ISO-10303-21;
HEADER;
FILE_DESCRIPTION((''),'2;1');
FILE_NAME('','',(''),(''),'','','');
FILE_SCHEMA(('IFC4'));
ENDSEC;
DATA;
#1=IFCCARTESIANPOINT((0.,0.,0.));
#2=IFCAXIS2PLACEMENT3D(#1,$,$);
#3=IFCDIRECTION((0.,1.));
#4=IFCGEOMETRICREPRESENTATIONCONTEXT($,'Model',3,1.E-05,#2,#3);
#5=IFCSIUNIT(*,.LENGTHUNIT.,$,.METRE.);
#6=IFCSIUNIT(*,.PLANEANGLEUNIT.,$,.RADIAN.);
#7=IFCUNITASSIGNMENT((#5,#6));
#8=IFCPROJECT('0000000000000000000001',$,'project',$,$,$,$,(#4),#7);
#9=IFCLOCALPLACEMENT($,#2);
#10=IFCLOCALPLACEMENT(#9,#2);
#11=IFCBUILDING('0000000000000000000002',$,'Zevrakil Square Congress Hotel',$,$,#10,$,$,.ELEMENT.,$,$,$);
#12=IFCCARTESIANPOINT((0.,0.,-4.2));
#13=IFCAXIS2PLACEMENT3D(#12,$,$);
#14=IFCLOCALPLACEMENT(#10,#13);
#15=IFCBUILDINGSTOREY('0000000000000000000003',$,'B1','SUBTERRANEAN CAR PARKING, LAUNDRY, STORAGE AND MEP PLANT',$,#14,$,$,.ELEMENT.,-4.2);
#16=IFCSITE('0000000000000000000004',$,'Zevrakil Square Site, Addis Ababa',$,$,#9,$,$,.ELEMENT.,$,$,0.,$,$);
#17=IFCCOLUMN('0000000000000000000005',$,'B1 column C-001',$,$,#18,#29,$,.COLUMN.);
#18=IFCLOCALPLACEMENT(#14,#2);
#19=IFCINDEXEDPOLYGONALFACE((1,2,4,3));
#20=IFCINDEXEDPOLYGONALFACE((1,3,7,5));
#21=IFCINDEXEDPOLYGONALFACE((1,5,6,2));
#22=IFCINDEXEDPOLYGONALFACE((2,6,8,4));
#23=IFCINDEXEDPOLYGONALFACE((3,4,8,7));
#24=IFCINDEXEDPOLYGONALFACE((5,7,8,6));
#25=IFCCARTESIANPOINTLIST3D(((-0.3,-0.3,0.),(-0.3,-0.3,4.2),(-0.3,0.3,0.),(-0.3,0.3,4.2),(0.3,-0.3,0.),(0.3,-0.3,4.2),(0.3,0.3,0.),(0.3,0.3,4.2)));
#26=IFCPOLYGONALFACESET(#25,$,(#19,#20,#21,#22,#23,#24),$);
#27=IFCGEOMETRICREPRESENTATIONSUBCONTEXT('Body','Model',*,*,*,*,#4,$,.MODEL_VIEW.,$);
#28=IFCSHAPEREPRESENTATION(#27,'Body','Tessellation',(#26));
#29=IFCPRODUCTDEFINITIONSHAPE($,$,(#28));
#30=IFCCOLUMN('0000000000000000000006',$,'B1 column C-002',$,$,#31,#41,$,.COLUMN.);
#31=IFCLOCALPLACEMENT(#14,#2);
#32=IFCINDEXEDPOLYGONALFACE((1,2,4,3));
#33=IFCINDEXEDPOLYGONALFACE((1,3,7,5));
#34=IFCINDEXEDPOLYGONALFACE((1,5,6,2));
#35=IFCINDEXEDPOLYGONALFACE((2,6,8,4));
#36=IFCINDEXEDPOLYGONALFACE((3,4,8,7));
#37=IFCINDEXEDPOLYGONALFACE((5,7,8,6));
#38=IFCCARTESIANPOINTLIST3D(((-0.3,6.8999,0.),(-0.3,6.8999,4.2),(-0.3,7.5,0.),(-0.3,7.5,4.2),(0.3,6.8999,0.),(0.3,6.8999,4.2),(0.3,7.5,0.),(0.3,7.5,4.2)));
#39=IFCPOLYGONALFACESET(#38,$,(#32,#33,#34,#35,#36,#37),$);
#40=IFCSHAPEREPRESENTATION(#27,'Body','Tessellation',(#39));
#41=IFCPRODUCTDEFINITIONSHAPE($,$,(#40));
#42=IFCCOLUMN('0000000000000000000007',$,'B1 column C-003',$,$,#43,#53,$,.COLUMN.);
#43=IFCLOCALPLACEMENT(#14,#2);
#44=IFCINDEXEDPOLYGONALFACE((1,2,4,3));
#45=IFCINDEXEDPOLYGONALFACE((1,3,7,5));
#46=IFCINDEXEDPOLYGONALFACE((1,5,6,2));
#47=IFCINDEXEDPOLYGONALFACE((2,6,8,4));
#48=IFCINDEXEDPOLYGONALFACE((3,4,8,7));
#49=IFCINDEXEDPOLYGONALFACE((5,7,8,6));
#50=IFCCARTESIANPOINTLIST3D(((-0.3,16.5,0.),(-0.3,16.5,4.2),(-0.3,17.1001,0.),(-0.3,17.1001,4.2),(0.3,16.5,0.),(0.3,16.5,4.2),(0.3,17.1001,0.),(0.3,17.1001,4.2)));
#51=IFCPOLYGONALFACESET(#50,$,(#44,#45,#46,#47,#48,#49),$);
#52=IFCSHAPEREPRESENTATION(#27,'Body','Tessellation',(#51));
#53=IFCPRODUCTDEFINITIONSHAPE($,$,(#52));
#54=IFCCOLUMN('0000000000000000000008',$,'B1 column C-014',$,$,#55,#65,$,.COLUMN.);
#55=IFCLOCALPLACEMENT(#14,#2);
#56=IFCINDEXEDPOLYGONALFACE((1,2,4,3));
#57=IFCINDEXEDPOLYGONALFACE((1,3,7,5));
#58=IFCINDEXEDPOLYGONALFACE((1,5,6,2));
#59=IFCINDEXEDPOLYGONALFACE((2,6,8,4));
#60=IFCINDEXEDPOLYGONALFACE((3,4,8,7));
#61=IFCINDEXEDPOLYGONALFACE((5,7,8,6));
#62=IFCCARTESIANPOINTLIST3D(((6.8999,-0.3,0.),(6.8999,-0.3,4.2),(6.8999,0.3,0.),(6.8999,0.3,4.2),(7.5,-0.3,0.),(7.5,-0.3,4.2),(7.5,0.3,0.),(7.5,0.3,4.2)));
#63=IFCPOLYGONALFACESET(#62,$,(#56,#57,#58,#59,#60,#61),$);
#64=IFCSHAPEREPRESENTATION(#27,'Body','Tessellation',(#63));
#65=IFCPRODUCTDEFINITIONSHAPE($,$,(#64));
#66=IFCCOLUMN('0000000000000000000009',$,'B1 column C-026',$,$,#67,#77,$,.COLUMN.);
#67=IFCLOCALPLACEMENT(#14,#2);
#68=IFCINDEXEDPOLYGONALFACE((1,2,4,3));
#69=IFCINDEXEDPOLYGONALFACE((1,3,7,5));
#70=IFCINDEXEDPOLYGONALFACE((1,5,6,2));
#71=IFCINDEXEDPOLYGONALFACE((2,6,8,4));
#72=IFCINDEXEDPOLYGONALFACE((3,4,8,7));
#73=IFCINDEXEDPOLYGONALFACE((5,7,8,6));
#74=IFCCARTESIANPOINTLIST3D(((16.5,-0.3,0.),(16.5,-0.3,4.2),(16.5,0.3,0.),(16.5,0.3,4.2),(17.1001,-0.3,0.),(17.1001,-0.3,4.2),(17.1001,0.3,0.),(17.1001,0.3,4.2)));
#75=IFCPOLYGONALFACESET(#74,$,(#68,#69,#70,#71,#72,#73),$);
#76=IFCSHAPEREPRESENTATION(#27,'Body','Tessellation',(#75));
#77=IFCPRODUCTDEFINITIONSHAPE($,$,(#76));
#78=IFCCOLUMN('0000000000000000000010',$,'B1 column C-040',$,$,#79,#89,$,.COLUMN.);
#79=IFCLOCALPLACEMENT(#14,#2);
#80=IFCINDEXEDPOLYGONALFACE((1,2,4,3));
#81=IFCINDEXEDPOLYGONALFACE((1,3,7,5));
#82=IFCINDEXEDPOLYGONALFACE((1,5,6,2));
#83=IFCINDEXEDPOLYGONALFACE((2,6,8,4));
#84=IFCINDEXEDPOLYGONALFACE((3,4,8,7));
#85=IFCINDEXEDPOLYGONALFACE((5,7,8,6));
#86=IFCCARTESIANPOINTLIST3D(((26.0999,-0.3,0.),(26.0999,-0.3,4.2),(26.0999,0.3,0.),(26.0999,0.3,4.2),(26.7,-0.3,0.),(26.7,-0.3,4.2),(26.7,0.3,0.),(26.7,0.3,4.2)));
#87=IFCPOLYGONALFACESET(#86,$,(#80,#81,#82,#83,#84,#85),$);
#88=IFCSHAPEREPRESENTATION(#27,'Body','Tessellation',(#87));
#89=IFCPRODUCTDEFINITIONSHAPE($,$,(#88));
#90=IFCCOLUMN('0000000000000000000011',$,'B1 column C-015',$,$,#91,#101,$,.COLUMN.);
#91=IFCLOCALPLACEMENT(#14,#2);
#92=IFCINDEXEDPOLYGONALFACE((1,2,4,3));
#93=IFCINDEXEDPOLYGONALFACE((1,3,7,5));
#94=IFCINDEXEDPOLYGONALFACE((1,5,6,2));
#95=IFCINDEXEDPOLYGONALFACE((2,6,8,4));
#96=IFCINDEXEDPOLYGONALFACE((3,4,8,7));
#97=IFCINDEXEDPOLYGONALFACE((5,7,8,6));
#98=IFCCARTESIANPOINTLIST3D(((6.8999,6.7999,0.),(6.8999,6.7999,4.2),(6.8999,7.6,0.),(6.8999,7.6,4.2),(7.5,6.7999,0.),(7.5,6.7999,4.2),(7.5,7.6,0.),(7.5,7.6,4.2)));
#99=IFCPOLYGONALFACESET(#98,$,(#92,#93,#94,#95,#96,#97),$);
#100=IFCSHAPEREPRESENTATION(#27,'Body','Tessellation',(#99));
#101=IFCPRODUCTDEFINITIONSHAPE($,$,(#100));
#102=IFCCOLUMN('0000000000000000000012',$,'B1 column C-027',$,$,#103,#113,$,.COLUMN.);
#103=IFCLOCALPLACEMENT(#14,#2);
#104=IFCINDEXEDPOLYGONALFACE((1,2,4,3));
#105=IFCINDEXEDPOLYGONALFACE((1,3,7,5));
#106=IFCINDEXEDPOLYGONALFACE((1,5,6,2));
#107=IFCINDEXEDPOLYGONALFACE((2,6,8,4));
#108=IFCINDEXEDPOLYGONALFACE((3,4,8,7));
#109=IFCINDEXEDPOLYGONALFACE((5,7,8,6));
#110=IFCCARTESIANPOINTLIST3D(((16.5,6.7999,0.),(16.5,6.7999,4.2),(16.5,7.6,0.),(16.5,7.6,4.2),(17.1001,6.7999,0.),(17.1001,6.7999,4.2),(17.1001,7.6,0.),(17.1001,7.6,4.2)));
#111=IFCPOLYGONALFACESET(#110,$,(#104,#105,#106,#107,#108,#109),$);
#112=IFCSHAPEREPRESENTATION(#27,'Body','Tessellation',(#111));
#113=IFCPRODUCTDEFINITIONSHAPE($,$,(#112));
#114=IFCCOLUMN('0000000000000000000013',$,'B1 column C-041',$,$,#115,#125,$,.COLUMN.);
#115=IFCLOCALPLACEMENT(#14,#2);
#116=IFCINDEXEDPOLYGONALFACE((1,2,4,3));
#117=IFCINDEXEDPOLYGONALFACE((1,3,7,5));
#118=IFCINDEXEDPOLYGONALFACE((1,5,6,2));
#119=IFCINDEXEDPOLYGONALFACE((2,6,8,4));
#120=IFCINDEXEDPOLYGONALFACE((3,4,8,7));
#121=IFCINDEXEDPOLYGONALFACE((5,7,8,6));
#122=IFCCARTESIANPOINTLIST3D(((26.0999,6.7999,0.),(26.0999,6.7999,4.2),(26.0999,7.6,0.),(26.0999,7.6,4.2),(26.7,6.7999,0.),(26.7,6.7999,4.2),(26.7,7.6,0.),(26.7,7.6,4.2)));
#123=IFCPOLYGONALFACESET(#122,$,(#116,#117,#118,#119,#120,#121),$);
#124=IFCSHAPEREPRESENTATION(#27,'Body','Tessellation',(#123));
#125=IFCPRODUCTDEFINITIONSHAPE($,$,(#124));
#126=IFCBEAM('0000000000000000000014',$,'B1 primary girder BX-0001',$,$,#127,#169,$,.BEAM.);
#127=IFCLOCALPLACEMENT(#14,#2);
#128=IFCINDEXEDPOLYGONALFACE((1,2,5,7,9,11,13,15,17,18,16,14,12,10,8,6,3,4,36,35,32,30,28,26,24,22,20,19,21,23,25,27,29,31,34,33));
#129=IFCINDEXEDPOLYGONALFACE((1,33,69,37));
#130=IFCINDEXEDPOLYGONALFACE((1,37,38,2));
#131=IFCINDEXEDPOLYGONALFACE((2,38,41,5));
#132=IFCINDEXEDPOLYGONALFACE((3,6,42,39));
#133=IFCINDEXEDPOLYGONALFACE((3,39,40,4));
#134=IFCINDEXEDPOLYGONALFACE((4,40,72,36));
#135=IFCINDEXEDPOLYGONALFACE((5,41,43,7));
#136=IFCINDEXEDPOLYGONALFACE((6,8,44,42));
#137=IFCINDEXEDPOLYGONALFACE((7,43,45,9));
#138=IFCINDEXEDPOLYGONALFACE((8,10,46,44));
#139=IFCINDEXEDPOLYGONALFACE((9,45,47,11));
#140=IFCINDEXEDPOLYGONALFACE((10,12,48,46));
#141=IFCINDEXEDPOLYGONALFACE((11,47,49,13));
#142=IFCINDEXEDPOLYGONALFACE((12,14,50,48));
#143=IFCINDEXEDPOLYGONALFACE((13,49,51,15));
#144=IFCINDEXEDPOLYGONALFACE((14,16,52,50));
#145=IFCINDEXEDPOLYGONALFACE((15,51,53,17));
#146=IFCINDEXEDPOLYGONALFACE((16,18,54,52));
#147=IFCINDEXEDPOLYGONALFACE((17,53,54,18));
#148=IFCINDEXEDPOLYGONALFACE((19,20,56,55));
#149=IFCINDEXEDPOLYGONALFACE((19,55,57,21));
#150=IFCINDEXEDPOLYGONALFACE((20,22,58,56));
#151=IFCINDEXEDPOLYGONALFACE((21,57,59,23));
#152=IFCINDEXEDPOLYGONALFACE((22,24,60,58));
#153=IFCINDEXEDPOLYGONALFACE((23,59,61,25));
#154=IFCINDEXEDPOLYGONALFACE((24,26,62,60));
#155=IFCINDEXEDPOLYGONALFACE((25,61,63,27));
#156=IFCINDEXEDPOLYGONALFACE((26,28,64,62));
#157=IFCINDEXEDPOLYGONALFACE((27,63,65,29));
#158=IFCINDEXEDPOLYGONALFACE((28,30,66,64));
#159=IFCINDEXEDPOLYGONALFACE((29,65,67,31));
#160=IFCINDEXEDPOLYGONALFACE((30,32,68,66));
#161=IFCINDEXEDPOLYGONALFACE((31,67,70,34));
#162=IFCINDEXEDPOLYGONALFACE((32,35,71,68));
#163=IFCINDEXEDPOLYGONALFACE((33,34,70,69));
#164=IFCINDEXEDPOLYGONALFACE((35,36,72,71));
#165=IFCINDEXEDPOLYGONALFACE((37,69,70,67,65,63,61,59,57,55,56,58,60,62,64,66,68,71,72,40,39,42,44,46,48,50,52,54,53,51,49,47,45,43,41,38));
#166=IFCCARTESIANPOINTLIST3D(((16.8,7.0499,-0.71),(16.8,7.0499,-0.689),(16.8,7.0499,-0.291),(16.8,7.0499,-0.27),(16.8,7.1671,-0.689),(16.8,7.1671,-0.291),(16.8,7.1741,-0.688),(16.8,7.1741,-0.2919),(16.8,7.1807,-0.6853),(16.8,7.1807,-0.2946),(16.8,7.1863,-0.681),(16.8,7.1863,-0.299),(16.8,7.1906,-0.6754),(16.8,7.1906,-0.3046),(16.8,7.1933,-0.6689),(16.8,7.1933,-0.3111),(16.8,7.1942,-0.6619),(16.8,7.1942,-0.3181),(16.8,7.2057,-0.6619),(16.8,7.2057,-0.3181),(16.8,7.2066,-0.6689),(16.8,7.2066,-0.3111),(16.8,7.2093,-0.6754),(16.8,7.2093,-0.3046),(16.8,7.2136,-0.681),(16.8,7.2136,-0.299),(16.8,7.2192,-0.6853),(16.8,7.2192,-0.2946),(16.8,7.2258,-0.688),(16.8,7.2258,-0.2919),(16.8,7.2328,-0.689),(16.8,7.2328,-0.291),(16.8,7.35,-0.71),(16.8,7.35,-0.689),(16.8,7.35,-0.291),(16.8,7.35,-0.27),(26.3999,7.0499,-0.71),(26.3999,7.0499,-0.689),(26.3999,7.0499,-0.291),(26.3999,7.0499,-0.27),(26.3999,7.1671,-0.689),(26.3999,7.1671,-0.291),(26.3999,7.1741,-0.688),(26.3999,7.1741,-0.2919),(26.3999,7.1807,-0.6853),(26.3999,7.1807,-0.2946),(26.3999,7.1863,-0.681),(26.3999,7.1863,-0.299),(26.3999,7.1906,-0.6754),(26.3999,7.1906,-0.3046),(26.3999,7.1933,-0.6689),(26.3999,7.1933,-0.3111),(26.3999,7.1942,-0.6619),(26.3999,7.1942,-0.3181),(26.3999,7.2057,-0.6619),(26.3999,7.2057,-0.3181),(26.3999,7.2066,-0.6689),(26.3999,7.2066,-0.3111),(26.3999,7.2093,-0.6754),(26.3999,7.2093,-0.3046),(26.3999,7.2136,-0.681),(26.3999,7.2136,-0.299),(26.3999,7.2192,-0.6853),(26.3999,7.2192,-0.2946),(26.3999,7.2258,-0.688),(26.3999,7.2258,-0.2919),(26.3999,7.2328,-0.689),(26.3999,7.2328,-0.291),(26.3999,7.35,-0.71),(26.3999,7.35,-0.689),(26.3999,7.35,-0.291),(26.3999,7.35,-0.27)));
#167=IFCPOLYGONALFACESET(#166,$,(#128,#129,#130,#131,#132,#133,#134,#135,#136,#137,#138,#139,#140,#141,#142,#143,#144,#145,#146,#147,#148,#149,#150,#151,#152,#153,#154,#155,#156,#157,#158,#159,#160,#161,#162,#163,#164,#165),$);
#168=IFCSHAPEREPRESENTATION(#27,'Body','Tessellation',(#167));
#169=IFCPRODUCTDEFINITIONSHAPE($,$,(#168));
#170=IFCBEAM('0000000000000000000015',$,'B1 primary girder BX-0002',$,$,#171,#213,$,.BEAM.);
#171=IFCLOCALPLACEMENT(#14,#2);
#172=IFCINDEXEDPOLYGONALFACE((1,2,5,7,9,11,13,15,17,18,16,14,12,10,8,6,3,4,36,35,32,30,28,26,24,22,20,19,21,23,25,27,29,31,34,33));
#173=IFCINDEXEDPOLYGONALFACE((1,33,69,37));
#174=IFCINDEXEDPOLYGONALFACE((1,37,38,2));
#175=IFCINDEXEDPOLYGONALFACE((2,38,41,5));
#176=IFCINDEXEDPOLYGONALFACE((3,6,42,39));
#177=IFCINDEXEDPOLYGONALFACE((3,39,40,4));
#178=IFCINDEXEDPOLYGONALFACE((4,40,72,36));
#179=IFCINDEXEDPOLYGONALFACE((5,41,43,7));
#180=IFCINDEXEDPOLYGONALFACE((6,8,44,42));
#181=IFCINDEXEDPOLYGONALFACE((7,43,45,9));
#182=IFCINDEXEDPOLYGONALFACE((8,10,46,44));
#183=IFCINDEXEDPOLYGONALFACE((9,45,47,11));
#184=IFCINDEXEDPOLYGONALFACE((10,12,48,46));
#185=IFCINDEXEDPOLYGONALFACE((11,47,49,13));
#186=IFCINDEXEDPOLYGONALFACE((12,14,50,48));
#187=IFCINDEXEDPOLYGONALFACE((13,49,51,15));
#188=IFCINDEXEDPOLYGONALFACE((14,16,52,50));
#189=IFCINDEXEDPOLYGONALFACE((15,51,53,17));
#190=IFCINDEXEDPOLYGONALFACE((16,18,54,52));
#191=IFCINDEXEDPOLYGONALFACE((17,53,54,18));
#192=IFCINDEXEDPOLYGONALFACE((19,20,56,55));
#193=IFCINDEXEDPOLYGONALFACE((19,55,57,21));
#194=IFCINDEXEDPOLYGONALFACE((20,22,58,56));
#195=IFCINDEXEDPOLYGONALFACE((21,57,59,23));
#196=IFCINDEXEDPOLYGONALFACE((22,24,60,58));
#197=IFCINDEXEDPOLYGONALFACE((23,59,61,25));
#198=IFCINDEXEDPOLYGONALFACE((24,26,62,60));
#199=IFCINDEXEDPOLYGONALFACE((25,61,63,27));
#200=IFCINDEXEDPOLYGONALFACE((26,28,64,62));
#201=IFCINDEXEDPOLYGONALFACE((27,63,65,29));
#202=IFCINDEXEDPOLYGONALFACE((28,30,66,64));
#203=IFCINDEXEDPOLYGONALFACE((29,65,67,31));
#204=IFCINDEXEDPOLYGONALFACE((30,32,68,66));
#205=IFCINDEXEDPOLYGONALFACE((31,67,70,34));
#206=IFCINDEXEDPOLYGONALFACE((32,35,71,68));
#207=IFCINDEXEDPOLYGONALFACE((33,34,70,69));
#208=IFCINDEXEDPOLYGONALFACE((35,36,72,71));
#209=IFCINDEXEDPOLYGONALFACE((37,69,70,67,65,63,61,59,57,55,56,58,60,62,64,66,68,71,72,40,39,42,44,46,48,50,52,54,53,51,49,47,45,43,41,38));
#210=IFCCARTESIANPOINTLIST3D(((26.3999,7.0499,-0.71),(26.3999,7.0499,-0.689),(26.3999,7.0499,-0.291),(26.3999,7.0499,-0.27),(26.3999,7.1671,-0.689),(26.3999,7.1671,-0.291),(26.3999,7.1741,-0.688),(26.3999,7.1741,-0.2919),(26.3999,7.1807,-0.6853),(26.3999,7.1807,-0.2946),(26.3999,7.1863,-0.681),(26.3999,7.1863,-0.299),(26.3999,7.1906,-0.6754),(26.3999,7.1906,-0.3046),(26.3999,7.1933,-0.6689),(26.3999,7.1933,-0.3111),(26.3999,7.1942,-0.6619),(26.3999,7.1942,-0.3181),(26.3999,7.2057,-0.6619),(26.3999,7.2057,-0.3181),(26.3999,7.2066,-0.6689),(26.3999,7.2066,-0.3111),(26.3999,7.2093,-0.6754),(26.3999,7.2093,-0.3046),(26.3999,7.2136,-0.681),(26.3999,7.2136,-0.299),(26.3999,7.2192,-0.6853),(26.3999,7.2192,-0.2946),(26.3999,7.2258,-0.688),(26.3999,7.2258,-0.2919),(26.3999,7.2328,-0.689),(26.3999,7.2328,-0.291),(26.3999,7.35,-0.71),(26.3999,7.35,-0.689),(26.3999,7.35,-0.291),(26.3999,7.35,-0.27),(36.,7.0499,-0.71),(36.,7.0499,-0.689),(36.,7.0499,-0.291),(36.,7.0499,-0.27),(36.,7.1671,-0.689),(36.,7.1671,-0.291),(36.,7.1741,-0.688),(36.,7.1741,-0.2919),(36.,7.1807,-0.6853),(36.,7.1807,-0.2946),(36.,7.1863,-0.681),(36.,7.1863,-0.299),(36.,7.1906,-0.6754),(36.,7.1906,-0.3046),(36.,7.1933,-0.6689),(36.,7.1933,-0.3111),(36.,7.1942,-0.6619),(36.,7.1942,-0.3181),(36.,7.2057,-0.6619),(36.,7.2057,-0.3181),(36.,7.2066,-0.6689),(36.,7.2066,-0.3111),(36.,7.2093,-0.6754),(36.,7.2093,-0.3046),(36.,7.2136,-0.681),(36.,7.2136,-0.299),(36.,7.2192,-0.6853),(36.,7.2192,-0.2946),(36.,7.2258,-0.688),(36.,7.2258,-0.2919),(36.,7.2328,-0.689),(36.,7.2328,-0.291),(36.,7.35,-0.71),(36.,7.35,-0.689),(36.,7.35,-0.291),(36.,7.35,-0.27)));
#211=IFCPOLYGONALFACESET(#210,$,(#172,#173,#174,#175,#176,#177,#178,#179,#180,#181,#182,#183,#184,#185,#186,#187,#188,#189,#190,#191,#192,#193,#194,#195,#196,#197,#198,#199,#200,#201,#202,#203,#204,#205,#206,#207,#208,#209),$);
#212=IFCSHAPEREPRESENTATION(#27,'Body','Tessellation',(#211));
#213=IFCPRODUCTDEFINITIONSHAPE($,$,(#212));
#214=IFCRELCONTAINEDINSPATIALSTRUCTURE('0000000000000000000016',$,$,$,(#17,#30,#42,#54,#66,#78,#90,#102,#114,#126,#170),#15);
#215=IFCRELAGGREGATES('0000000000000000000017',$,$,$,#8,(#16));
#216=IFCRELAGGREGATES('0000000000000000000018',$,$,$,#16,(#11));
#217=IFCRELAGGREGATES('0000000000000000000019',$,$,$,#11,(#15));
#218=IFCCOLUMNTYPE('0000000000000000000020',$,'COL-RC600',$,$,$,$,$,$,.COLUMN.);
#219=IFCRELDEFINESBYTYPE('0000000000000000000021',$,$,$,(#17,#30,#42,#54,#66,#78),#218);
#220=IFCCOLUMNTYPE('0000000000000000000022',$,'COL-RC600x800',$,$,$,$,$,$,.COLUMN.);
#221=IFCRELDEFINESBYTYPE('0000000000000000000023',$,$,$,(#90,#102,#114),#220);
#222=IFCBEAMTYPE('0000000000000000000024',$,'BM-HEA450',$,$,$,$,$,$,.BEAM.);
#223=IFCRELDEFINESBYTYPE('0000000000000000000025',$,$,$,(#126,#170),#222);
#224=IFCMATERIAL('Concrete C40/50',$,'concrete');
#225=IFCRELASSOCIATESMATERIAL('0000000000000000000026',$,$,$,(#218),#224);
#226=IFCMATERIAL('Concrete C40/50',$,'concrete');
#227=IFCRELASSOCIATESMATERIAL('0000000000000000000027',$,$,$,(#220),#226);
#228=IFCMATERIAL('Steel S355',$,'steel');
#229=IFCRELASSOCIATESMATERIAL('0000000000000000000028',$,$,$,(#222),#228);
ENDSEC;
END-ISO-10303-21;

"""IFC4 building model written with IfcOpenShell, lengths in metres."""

from ifc_helpers import new_model, si_unit, direction, frame, origin, origin_2d, place, context, subcontext, project, spatial, rectangle, i_section, extrude, material, material_profile, profile_set, type_object, element, save


model = new_model("IFC4")

# Units and contexts
model_context = context("Model", 3, precision=1e-05, world=origin(), true_north=direction((0.0, 1.0)))
body_context = subcontext(model_context, "Body", "Model", "MODEL_VIEW")
ifc_project = project(units=[si_unit("LENGTHUNIT", "METRE"), si_unit("PLANEANGLEUNIT", "RADIAN")], contexts=[model_context])

# Site, building, storey
site_placement = place(None, origin())
site = spatial("IfcSite", under=ifc_project, at=site_placement, Name="Zevrakil Square Site, Addis Ababa", CompositionType="ELEMENT", RefElevation=0.0)
building_placement = place(site_placement, origin())
building = spatial("IfcBuilding", under=site, at=building_placement, Name="Zevrakil Square Congress Hotel", CompositionType="ELEMENT")
storey_placement = place(building_placement, frame((0.0, 0.0, -4.2)))
storey = spatial("IfcBuildingStorey", under=building, at=storey_placement, Name="B1", Description="SUBTERRANEAN CAR PARKING, LAUNDRY, STORAGE AND MEP PLANT", CompositionType="ELEMENT", Elevation=-4.2)

# Columns
ifc_material_1 = material(Name="Concrete C40/50", Category="concrete")
ifc_material_profile_1 = material_profile(ifc_material_1, rectangle(XDim=0.6001, YDim=0.6001, at=origin_2d()), Name="RC 600x600")
ifc_profile_set_1 = profile_set([ifc_material_profile_1], Name="Concrete C40/50")
column_type_1 = type_object("IfcColumnType", Name="COL-RC600", PredefinedType="COLUMN", material=ifc_profile_set_1)
for number, where, z_axis, x_axis, name in (
    (1, (0.0, 0.0, 0.0), (0.0, 0.0, 1.0), (1.0, 0.0, 0.0), "B1 column C-001"),
    (2, (0.0, 7.2, 0.0), (0.0, 0.0, 1.0), (1.0, 0.0, 0.0), "B1 column C-002"),
    (3, (0.0, 16.8, 0.0), (0.0, 0.0, 1.0), (1.0, 0.0, 0.0), "B1 column C-003"),
    (4, (7.2, 0.0, 0.0), (0.0, 0.0, 1.0), (1.0, 0.0, 0.0), "B1 column C-014"),
    (5, (16.8, 0.0, 0.0), (0.0, 0.0, 1.0), (1.0, 0.0, 0.0), "B1 column C-026"),
    (6, (26.3999, 0.0, 0.0), (0.0, 0.0, 1.0), (1.0, 0.0, 0.0), "B1 column C-040"),
):
    element("IfcColumn", number, at=place(storey_placement, frame(where, z_axis=z_axis, x_axis=x_axis)), inside=storey, type_object=column_type_1, Name=name, PredefinedType="COLUMN", context=body_context, shape_type="SweptSolid", body=[
        extrude(rectangle(XDim=0.6001, YDim=0.6001, at=origin_2d()), origin(), (0.0, 0.0, 1.0), 4.2),
    ])
ifc_material_2 = material(Name="Concrete C40/50", Category="concrete")
ifc_material_profile_2 = material_profile(ifc_material_2, rectangle(XDim=0.6001, YDim=0.8, at=origin_2d()), Name="RC 600x800")
ifc_profile_set_2 = profile_set([ifc_material_profile_2], Name="Concrete C40/50")
column_type_2 = type_object("IfcColumnType", Name="COL-RC600x800", PredefinedType="COLUMN", material=ifc_profile_set_2)
for number, where, z_axis, x_axis, name in (
    (7, (7.2, 7.2, 0.0), (0.0, 0.0, 1.0), (1.0, 0.0, 0.0), "B1 column C-015"),
    (8, (16.8, 7.2, 0.0), (0.0, 0.0, 1.0), (1.0, 0.0, 0.0), "B1 column C-027"),
    (9, (26.3999, 7.2, 0.0), (0.0, 0.0, 1.0), (1.0, 0.0, 0.0), "B1 column C-041"),
):
    element("IfcColumn", number, at=place(storey_placement, frame(where, z_axis=z_axis, x_axis=x_axis)), inside=storey, type_object=column_type_2, Name=name, PredefinedType="COLUMN", context=body_context, shape_type="SweptSolid", body=[
        extrude(rectangle(XDim=0.6001, YDim=0.8, at=origin_2d()), origin(), (0.0, 0.0, 1.0), 4.2),
    ])

# Beams
ifc_material_3 = material(Name="Steel S355", Category="steel")
ifc_material_profile_3 = material_profile(ifc_material_3, i_section(OverallWidth=0.3, OverallDepth=0.4399, WebThickness=0.0115, FlangeThickness=0.021, FilletRadius=0.0271, at=origin_2d()), Name="HEA 450")
ifc_profile_set_3 = profile_set([ifc_material_profile_3], Name="Steel S355")
beam_type_1 = type_object("IfcBeamType", Name="BM-HEA450", PredefinedType="BEAM", material=ifc_profile_set_3)
beam_1_placement = place(storey_placement, frame((16.8, 7.2, -0.49), z_axis=(1.0, 0.0, 0.0), x_axis=(0.0, 1.0, 0.0)))
element("IfcBeam", 10, at=beam_1_placement, inside=storey, type_object=beam_type_1, Name="B1 primary girder BX-0001", PredefinedType="BEAM", context=body_context, shape_type="SweptSolid", body=[
    extrude(i_section(OverallWidth=0.3, OverallDepth=0.4399, WebThickness=0.0115, FlangeThickness=0.021, FilletRadius=0.0271, at=origin_2d()), origin(), (0.0, 0.0, 1.0), 9.5999),
])
beam_2_placement = place(storey_placement, frame((26.3999, 7.2, -0.49), z_axis=(1.0, 0.0, 0.0), x_axis=(0.0, 1.0, 0.0)))
element("IfcBeam", 11, at=beam_2_placement, inside=storey, type_object=beam_type_1, Name="B1 primary girder BX-0002", PredefinedType="BEAM", context=body_context, shape_type="SweptSolid", body=[
    extrude(i_section(OverallWidth=0.3, OverallDepth=0.4399, WebThickness=0.0115, FlangeThickness=0.021, FilletRadius=0.0271, at=origin_2d()), origin(), (0.0, 0.0, 1.0), 9.6001),
])

save(model, "model.ifc")
